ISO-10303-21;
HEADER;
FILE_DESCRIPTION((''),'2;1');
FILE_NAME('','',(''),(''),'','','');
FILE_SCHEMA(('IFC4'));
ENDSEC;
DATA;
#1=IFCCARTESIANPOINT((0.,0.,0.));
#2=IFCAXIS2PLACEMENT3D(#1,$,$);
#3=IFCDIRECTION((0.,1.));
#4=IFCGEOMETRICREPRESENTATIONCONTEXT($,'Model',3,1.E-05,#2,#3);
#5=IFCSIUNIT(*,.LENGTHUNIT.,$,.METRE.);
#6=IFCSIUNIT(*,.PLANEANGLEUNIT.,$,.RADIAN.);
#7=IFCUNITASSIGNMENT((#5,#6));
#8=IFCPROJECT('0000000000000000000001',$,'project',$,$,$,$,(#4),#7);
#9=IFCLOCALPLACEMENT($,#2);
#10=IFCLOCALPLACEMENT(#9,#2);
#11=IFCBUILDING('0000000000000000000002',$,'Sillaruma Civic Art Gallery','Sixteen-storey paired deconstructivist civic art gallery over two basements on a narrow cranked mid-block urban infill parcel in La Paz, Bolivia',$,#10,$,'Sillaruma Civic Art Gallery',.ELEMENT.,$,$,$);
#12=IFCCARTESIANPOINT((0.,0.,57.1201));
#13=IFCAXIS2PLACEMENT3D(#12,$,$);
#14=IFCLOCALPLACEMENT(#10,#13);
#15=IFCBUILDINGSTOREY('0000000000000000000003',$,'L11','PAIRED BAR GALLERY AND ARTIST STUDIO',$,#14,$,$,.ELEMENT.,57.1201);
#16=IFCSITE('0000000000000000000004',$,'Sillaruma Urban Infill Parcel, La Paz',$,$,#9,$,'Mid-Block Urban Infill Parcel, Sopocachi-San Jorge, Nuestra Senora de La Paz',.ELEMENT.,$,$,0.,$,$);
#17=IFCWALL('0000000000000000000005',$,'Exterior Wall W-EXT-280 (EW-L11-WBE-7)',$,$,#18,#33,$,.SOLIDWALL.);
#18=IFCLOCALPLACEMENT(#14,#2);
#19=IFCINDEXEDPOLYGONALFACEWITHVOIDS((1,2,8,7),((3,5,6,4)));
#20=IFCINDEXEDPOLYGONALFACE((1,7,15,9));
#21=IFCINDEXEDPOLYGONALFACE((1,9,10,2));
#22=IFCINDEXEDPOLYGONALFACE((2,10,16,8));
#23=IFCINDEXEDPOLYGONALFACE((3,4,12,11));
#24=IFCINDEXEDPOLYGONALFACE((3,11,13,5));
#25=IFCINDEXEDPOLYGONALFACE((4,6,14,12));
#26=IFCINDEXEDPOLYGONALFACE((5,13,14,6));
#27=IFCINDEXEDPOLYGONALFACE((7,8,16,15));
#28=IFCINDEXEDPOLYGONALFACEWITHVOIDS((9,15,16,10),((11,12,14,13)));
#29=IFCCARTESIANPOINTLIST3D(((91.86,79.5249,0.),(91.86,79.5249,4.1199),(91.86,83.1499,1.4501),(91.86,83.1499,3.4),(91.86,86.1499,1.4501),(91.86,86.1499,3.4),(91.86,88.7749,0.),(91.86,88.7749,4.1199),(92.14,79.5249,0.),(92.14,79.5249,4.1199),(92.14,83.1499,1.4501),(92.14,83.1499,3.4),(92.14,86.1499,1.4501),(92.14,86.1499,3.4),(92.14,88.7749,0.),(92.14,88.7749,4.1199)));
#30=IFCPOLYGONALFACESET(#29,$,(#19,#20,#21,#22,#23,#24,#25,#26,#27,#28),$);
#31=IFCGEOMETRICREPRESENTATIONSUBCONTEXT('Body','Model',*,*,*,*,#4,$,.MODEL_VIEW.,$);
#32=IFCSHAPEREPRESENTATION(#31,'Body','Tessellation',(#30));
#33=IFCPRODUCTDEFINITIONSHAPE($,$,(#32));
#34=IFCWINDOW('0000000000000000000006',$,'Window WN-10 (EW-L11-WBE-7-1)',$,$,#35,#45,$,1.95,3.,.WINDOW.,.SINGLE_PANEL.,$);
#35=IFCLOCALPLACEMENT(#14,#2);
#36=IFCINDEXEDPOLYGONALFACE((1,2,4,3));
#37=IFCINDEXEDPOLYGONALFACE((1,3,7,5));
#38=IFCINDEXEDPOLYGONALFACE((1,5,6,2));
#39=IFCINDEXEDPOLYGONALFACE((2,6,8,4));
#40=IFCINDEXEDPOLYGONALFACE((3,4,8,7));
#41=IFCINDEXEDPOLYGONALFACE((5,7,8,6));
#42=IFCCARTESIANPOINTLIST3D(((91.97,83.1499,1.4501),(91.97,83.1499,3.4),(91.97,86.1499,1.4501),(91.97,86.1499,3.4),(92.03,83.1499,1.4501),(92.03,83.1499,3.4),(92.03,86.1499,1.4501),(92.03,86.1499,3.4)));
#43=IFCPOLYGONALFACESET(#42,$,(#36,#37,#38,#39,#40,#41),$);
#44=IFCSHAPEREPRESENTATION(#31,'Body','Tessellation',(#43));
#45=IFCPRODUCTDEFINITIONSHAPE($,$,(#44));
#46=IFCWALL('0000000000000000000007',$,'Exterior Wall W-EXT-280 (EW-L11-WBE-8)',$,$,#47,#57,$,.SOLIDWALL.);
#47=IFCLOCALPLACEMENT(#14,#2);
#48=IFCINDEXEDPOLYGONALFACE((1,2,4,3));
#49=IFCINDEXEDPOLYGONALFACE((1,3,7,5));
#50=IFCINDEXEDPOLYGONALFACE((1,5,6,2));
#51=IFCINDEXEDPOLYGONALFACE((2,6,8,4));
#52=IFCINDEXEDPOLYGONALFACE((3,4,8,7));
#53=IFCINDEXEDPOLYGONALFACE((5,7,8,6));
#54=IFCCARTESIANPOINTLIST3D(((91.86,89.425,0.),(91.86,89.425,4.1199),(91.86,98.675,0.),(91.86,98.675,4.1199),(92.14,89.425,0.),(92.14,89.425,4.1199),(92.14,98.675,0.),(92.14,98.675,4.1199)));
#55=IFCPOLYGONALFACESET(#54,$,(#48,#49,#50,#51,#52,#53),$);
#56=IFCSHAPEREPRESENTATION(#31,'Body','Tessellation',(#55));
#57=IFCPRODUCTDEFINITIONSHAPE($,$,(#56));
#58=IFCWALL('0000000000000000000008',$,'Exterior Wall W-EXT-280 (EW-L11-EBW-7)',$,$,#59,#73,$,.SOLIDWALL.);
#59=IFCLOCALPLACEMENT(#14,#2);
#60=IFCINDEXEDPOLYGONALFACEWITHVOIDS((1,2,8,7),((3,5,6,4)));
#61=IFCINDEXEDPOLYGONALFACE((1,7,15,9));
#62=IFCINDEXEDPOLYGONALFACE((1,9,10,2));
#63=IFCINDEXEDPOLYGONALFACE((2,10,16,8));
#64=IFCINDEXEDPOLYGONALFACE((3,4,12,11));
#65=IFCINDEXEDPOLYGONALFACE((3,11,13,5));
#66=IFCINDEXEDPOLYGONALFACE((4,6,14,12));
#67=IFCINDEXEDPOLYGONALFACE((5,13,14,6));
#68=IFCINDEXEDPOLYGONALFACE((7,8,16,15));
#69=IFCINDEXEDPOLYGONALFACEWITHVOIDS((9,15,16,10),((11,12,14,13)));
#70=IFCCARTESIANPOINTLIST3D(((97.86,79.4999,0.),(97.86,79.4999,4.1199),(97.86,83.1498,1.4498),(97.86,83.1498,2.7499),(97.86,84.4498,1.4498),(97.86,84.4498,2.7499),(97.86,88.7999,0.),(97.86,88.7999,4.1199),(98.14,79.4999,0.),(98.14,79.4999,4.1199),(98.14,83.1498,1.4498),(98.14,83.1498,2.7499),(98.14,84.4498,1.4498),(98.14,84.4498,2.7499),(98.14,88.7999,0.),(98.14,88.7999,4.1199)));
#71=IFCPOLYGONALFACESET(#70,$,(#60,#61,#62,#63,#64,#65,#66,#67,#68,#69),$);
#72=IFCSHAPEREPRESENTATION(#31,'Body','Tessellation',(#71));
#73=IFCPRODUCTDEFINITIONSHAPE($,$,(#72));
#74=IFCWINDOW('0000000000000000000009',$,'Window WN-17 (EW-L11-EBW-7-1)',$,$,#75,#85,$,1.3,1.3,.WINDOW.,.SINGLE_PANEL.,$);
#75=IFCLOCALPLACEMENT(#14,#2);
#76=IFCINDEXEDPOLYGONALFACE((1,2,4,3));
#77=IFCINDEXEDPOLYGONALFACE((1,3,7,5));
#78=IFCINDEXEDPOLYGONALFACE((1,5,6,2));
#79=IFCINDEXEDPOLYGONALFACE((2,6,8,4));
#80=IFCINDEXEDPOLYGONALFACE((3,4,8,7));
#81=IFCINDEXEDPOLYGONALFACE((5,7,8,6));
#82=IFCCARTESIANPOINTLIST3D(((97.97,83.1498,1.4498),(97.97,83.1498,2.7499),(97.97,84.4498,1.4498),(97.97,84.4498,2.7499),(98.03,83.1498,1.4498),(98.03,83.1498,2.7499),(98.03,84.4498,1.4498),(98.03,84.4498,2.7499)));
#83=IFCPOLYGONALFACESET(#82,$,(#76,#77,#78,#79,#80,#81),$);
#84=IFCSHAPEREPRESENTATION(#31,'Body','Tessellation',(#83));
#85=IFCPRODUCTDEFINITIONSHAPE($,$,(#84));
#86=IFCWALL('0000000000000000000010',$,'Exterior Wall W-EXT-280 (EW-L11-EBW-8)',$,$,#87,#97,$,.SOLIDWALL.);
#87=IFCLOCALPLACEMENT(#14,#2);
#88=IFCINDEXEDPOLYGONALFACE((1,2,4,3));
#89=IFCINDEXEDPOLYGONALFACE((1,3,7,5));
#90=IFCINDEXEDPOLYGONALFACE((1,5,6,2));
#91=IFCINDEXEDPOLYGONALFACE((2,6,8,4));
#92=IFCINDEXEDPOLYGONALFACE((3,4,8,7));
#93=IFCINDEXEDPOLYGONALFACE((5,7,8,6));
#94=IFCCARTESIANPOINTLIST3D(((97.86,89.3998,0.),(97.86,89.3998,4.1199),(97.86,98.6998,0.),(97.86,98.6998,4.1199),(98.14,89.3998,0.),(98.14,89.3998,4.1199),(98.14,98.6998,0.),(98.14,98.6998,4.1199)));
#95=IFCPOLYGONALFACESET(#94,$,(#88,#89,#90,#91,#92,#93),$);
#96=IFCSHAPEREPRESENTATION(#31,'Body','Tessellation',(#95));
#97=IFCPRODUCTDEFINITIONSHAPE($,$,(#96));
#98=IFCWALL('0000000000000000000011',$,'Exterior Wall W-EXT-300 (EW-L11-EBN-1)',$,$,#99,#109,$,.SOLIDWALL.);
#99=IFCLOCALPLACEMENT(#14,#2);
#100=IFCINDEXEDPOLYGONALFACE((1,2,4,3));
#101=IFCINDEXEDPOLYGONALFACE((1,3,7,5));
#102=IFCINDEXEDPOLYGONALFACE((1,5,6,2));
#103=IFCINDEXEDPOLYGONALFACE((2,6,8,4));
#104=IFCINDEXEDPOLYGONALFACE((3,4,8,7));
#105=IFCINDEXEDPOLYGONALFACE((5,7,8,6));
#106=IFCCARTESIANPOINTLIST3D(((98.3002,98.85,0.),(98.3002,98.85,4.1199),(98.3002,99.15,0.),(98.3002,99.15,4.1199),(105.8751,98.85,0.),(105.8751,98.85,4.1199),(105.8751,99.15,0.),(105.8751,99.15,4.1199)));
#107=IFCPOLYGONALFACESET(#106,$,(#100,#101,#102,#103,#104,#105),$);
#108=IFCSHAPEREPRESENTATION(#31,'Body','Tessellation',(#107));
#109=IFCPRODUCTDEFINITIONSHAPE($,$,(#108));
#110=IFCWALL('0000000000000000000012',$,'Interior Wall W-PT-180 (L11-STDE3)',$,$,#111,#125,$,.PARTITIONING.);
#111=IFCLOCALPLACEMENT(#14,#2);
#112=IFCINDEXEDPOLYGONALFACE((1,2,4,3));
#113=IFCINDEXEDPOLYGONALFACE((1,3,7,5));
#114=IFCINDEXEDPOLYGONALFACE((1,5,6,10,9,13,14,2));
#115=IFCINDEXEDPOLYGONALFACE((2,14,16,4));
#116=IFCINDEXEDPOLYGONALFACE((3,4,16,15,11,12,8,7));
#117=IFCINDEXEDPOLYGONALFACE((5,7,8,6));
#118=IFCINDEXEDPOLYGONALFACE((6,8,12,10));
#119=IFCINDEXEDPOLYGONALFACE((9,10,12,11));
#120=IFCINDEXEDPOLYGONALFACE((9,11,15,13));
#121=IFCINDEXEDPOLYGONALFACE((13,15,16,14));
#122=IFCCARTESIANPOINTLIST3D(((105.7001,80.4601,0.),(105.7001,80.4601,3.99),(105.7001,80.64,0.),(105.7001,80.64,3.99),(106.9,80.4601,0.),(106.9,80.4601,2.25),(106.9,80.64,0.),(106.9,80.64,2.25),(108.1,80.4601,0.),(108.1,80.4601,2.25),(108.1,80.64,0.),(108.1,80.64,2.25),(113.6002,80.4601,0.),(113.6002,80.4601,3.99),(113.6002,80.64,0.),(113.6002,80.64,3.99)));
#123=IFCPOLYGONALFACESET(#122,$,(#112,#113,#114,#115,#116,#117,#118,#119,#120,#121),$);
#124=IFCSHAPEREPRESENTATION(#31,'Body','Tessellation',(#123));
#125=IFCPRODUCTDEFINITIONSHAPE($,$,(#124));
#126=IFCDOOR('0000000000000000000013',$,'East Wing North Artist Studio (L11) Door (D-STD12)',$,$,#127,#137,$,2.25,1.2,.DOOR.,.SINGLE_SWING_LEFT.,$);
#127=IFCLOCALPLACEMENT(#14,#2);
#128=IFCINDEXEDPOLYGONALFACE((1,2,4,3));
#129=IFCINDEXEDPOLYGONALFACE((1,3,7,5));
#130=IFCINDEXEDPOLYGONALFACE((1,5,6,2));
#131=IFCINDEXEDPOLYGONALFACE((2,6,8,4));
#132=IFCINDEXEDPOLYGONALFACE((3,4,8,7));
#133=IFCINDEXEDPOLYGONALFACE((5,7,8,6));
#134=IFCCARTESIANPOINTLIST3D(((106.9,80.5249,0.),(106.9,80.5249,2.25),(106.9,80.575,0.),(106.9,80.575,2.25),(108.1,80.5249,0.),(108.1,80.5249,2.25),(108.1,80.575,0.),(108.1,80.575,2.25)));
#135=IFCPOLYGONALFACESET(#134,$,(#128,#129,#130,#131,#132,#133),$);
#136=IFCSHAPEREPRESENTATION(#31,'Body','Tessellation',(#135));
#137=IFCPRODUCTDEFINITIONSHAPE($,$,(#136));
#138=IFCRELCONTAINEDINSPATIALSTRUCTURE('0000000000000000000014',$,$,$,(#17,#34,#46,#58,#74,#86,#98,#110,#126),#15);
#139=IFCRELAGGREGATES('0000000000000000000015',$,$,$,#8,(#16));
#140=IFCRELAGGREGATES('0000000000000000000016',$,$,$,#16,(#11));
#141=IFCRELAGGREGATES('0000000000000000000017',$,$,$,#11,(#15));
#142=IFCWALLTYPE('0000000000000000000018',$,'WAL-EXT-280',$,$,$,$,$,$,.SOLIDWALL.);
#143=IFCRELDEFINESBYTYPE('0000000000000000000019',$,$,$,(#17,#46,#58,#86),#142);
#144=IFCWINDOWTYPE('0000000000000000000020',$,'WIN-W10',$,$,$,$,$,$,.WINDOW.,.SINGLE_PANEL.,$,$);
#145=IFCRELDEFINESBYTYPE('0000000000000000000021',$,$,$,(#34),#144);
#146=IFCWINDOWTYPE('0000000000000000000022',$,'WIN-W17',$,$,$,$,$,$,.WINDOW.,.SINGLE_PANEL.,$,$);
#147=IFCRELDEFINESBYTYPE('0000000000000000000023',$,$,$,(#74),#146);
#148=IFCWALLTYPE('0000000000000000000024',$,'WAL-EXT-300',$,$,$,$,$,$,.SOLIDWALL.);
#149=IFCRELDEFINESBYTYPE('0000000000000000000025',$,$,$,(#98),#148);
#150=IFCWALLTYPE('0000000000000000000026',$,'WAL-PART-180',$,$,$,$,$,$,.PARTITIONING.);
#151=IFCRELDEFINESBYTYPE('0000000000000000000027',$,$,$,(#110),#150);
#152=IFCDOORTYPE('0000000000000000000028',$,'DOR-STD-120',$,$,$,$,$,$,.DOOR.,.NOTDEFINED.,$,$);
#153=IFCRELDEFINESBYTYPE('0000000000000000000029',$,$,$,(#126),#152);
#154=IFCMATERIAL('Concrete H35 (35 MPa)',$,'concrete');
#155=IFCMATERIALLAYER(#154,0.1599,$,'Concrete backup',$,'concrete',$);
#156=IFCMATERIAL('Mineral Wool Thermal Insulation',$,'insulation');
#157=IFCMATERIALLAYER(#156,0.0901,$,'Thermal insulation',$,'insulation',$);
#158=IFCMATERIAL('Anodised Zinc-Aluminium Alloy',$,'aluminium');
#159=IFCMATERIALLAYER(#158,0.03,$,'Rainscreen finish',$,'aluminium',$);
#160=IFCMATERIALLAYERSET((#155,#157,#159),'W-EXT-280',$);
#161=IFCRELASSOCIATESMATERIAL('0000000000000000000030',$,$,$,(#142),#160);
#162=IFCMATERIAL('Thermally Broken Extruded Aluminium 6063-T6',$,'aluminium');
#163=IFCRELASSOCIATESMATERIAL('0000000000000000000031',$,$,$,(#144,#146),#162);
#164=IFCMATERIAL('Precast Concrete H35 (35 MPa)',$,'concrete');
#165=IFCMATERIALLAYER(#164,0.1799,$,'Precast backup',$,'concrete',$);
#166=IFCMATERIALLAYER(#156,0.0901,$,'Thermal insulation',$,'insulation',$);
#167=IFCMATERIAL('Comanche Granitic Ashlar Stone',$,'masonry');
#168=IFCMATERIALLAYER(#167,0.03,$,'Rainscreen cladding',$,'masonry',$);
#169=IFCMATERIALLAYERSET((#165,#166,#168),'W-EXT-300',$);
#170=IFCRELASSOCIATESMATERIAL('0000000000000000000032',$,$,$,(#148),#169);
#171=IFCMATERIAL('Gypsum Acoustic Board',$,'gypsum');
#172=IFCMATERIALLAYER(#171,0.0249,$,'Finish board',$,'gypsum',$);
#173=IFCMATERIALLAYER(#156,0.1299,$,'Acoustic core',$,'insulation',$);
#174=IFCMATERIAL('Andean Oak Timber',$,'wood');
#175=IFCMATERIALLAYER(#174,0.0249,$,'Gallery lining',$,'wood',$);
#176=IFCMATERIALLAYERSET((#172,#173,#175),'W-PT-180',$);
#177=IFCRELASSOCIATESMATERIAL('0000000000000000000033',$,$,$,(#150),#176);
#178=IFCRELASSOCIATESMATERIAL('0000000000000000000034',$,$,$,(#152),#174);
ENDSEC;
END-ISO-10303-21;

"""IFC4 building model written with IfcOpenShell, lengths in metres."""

from ifc_helpers import new_model, si_unit, direction, frame, frame_2d, origin, place, context, subcontext, project, spatial, rectangle, extrude, material, layer, layer_set, type_object, element, fill, save


model = new_model("IFC4")

# Units and contexts
model_context = context("Model", 3, precision=1e-05, world=origin(), true_north=direction((0.0, 1.0)))
body_context = subcontext(model_context, "Body", "Model", "MODEL_VIEW")
ifc_project = project(units=[si_unit("LENGTHUNIT", "METRE"), si_unit("PLANEANGLEUNIT", "RADIAN")], contexts=[model_context])

# Site, building, storey
site_placement = place(None, origin())
site = spatial("IfcSite", under=ifc_project, at=site_placement, Name="Sillaruma Urban Infill Parcel, La Paz", LongName="Mid-Block Urban Infill Parcel, Sopocachi-San Jorge, Nuestra Senora de La Paz", CompositionType="ELEMENT", RefElevation=0.0)
building_placement = place(site_placement, origin())
building = spatial("IfcBuilding", under=site, at=building_placement, Name="Sillaruma Civic Art Gallery", Description="Sixteen-storey paired deconstructivist civic art gallery over two basements on a narrow cranked mid-block urban infill parcel in La Paz, Bolivia", LongName="Sillaruma Civic Art Gallery", CompositionType="ELEMENT")
storey_placement = place(building_placement, frame((0.0, 0.0, 57.1201)))
storey = spatial("IfcBuildingStorey", under=building, at=storey_placement, Name="L11", Description="PAIRED BAR GALLERY AND ARTIST STUDIO", CompositionType="ELEMENT", Elevation=57.1201)

# Shared definitions
ifc_material_1 = material(Name="Concrete H35 (35 MPa)", Category="concrete")

# Wall, opening, window
ifc_layer_1 = layer(ifc_material_1, 0.1599, Name="Concrete backup", Category="concrete")
ifc_material_2 = material(Name="Mineral Wool Thermal Insulation", Category="insulation")
ifc_layer_2 = layer(ifc_material_2, 0.0901, Name="Thermal insulation", Category="insulation")
ifc_material_3 = material(Name="Anodised Zinc-Aluminium Alloy", Category="aluminium")
ifc_layer_3 = layer(ifc_material_3, 0.03, Name="Rainscreen finish", Category="aluminium")
ifc_layer_set_1 = layer_set([ifc_layer_1, ifc_layer_2, ifc_layer_3], Name="W-EXT-280")
wall_type_1 = type_object("IfcWallType", Name="WAL-EXT-280", PredefinedType="SOLIDWALL", material=ifc_layer_set_1)
wall_1_placement = place(storey_placement, frame((92.0, 79.5249, 0.0), z_axis=(0.0, 0.0, 1.0), x_axis=(0.0, 1.0, 0.0)))
wall_1 = element("IfcWall", 1, at=wall_1_placement, inside=storey, type_object=wall_type_1, Name="Exterior Wall W-EXT-280 (EW-L11-WBE-7)", PredefinedType="SOLIDWALL", context=body_context, shape_type="SweptSolid", body=[
    extrude(rectangle(XDim=9.25, YDim=0.28, at=frame_2d((4.625, 0.0))), origin(), (0.0, 0.0, 1.0), 4.1199),
])
opening_1_placement = place(wall_1_placement, frame((3.625, 0.0, 1.45)))
opening_1 = element("IfcOpeningElement", 2, at=opening_1_placement, cuts=wall_1, PredefinedType="OPENING", context=body_context, shape_type="SweptSolid", body=[
    extrude(rectangle(XDim=3.0, YDim=1.95, at=frame_2d((1.5, 0.9751))), frame((0.0, 0.1499, 0.0), z_axis=(0.0, -1.0, 0.0), x_axis=(1.0, 0.0, 0.0)), (0.0, 0.0, 1.0), 0.3),
])
ifc_material_4 = material(Name="Thermally Broken Extruded Aluminium 6063-T6", Category="aluminium")
window_type_1 = type_object("IfcWindowType", Name="WIN-W10", PartitioningType="SINGLE_PANEL", PredefinedType="WINDOW", material=ifc_material_4)
window_1_placement = place(opening_1_placement, origin())
window_1 = element("IfcWindow", 3, at=window_1_placement, inside=storey, type_object=window_type_1, Name="Window WN-10 (EW-L11-WBE-7-1)", OverallHeight=1.95, OverallWidth=3.0, PartitioningType="SINGLE_PANEL", PredefinedType="WINDOW", context=body_context, shape_type="SweptSolid", body=[
    extrude(rectangle(XDim=3.0, YDim=1.95, at=frame_2d((1.5, 0.9751))), frame((0.0, 0.03, 0.0), z_axis=(0.0, -1.0, 0.0), x_axis=(1.0, 0.0, 0.0)), (0.0, 0.0, 1.0), 0.0601),
])
fill(opening_1, window_1)

# Wall
wall_2_placement = place(storey_placement, frame((92.0, 89.425, 0.0), z_axis=(0.0, 0.0, 1.0), x_axis=(0.0, 1.0, 0.0)))
element("IfcWall", 4, at=wall_2_placement, inside=storey, type_object=wall_type_1, Name="Exterior Wall W-EXT-280 (EW-L11-WBE-8)", PredefinedType="SOLIDWALL", context=body_context, shape_type="SweptSolid", body=[
    extrude(rectangle(XDim=9.25, YDim=0.28, at=frame_2d((4.625, 0.0))), origin(), (0.0, 0.0, 1.0), 4.1199),
])

# Wall, opening, window
wall_3_placement = place(storey_placement, frame((98.0, 79.5, 0.0), z_axis=(0.0, 0.0, 1.0), x_axis=(0.0, 1.0, 0.0)))
wall_3 = element("IfcWall", 5, at=wall_3_placement, inside=storey, type_object=wall_type_1, Name="Exterior Wall W-EXT-280 (EW-L11-EBW-7)", PredefinedType="SOLIDWALL", context=body_context, shape_type="SweptSolid", body=[
    extrude(rectangle(XDim=9.3, YDim=0.28, at=frame_2d((4.6499, 0.0))), origin(), (0.0, 0.0, 1.0), 4.1199),
])
opening_2_placement = place(wall_3_placement, frame((3.6499, 0.0, 1.45)))
opening_2 = element("IfcOpeningElement", 6, at=opening_2_placement, cuts=wall_3, PredefinedType="OPENING", context=body_context, shape_type="SweptSolid", body=[
    extrude(rectangle(XDim=1.3, YDim=1.3, at=frame_2d((0.6499, 0.6499))), frame((0.0, 0.1499, 0.0), z_axis=(0.0, -1.0, 0.0), x_axis=(1.0, 0.0, 0.0)), (0.0, 0.0, 1.0), 0.3),
])
window_type_2 = type_object("IfcWindowType", Name="WIN-W17", PartitioningType="SINGLE_PANEL", PredefinedType="WINDOW", material=ifc_material_4)
window_2_placement = place(opening_2_placement, origin())
window_2 = element("IfcWindow", 7, at=window_2_placement, inside=storey, type_object=window_type_2, Name="Window WN-17 (EW-L11-EBW-7-1)", OverallHeight=1.3, OverallWidth=1.3, PartitioningType="SINGLE_PANEL", PredefinedType="WINDOW", context=body_context, shape_type="SweptSolid", body=[
    extrude(rectangle(XDim=1.3, YDim=1.3, at=frame_2d((0.6499, 0.6499))), frame((0.0, 0.03, 0.0), z_axis=(0.0, -1.0, 0.0), x_axis=(1.0, 0.0, 0.0)), (0.0, 0.0, 1.0), 0.0601),
])
fill(opening_2, window_2)

# Walls
wall_4_placement = place(storey_placement, frame((98.0, 89.3999, 0.0), z_axis=(0.0, 0.0, 1.0), x_axis=(0.0, 1.0, 0.0)))
element("IfcWall", 8, at=wall_4_placement, inside=storey, type_object=wall_type_1, Name="Exterior Wall W-EXT-280 (EW-L11-EBW-8)", PredefinedType="SOLIDWALL", context=body_context, shape_type="SweptSolid", body=[
    extrude(rectangle(XDim=9.3, YDim=0.28, at=frame_2d((4.6499, 0.0))), origin(), (0.0, 0.0, 1.0), 4.1199),
])
ifc_material_5 = material(Name="Precast Concrete H35 (35 MPa)", Category="concrete")
ifc_layer_4 = layer(ifc_material_5, 0.1799, Name="Precast backup", Category="concrete")
ifc_layer_5 = layer(ifc_material_2, 0.0901, Name="Thermal insulation", Category="insulation")
ifc_material_6 = material(Name="Comanche Granitic Ashlar Stone", Category="masonry")
ifc_layer_6 = layer(ifc_material_6, 0.03, Name="Rainscreen cladding", Category="masonry")
ifc_layer_set_2 = layer_set([ifc_layer_4, ifc_layer_5, ifc_layer_6], Name="W-EXT-300")
wall_type_2 = type_object("IfcWallType", Name="WAL-EXT-300", PredefinedType="SOLIDWALL", material=ifc_layer_set_2)
wall_5_placement = place(storey_placement, frame((98.3, 99.0, 0.0), z_axis=(0.0, 0.0, 1.0), x_axis=(1.0, 0.0, 0.0)))
element("IfcWall", 9, at=wall_5_placement, inside=storey, type_object=wall_type_2, Name="Exterior Wall W-EXT-300 (EW-L11-EBN-1)", PredefinedType="SOLIDWALL", context=body_context, shape_type="SweptSolid", body=[
    extrude(rectangle(XDim=7.575, YDim=0.3, at=frame_2d((3.7876, 0.0))), origin(), (0.0, 0.0, 1.0), 4.1199),
])

# Wall, opening, door
ifc_material_7 = material(Name="Gypsum Acoustic Board", Category="gypsum")
ifc_layer_7 = layer(ifc_material_7, 0.0249, Name="Finish board", Category="gypsum")
ifc_layer_8 = layer(ifc_material_2, 0.1299, Name="Acoustic core", Category="insulation")
ifc_material_8 = material(Name="Andean Oak Timber", Category="wood")
ifc_layer_9 = layer(ifc_material_8, 0.0249, Name="Gallery lining", Category="wood")
ifc_layer_set_3 = layer_set([ifc_layer_7, ifc_layer_8, ifc_layer_9], Name="W-PT-180")
wall_type_3 = type_object("IfcWallType", Name="WAL-PART-180", PredefinedType="PARTITIONING", material=ifc_layer_set_3)
wall_6_placement = place(storey_placement, frame((105.7, 80.55, 0.0), z_axis=(0.0, 0.0, 1.0), x_axis=(1.0, 0.0, 0.0)))
wall_6 = element("IfcWall", 10, at=wall_6_placement, inside=storey, type_object=wall_type_3, Name="Interior Wall W-PT-180 (L11-STDE3)", PredefinedType="PARTITIONING", context=body_context, shape_type="SweptSolid", body=[
    extrude(rectangle(XDim=7.9001, YDim=0.1799, at=frame_2d((3.9502, 0.0))), origin(), (0.0, 0.0, 1.0), 3.99),
])
opening_3_placement = place(wall_6_placement, frame((1.2, 0.0, 0.0)))
opening_3 = element("IfcOpeningElement", 11, at=opening_3_placement, cuts=wall_6, PredefinedType="OPENING", context=body_context, shape_type="SweptSolid", body=[
    extrude(rectangle(XDim=1.2, YDim=2.25, at=frame_2d((0.6001, 1.125))), frame((0.0, 0.0999, 0.0), z_axis=(0.0, -1.0, 0.0), x_axis=(1.0, 0.0, 0.0)), (0.0, 0.0, 1.0), 0.2),
])
door_type = type_object("IfcDoorType", Name="DOR-STD-120", OperationType="NOTDEFINED", PredefinedType="DOOR", material=ifc_material_8)
door_placement = place(opening_3_placement, origin())
door = element("IfcDoor", 12, at=door_placement, inside=storey, type_object=door_type, Name="East Wing North Artist Studio (L11) Door (D-STD12)", OperationType="SINGLE_SWING_LEFT", OverallHeight=2.25, OverallWidth=1.2, PredefinedType="DOOR", context=body_context, shape_type="SweptSolid", body=[
    extrude(rectangle(XDim=1.2, YDim=2.25, at=frame_2d((0.6001, 1.125))), frame((0.0, 0.0249, 0.0), z_axis=(0.0, -1.0, 0.0), x_axis=(1.0, 0.0, 0.0)), (0.0, 0.0, 1.0), 0.05),
])
fill(opening_3, door)

save(model, "model.ifc")
